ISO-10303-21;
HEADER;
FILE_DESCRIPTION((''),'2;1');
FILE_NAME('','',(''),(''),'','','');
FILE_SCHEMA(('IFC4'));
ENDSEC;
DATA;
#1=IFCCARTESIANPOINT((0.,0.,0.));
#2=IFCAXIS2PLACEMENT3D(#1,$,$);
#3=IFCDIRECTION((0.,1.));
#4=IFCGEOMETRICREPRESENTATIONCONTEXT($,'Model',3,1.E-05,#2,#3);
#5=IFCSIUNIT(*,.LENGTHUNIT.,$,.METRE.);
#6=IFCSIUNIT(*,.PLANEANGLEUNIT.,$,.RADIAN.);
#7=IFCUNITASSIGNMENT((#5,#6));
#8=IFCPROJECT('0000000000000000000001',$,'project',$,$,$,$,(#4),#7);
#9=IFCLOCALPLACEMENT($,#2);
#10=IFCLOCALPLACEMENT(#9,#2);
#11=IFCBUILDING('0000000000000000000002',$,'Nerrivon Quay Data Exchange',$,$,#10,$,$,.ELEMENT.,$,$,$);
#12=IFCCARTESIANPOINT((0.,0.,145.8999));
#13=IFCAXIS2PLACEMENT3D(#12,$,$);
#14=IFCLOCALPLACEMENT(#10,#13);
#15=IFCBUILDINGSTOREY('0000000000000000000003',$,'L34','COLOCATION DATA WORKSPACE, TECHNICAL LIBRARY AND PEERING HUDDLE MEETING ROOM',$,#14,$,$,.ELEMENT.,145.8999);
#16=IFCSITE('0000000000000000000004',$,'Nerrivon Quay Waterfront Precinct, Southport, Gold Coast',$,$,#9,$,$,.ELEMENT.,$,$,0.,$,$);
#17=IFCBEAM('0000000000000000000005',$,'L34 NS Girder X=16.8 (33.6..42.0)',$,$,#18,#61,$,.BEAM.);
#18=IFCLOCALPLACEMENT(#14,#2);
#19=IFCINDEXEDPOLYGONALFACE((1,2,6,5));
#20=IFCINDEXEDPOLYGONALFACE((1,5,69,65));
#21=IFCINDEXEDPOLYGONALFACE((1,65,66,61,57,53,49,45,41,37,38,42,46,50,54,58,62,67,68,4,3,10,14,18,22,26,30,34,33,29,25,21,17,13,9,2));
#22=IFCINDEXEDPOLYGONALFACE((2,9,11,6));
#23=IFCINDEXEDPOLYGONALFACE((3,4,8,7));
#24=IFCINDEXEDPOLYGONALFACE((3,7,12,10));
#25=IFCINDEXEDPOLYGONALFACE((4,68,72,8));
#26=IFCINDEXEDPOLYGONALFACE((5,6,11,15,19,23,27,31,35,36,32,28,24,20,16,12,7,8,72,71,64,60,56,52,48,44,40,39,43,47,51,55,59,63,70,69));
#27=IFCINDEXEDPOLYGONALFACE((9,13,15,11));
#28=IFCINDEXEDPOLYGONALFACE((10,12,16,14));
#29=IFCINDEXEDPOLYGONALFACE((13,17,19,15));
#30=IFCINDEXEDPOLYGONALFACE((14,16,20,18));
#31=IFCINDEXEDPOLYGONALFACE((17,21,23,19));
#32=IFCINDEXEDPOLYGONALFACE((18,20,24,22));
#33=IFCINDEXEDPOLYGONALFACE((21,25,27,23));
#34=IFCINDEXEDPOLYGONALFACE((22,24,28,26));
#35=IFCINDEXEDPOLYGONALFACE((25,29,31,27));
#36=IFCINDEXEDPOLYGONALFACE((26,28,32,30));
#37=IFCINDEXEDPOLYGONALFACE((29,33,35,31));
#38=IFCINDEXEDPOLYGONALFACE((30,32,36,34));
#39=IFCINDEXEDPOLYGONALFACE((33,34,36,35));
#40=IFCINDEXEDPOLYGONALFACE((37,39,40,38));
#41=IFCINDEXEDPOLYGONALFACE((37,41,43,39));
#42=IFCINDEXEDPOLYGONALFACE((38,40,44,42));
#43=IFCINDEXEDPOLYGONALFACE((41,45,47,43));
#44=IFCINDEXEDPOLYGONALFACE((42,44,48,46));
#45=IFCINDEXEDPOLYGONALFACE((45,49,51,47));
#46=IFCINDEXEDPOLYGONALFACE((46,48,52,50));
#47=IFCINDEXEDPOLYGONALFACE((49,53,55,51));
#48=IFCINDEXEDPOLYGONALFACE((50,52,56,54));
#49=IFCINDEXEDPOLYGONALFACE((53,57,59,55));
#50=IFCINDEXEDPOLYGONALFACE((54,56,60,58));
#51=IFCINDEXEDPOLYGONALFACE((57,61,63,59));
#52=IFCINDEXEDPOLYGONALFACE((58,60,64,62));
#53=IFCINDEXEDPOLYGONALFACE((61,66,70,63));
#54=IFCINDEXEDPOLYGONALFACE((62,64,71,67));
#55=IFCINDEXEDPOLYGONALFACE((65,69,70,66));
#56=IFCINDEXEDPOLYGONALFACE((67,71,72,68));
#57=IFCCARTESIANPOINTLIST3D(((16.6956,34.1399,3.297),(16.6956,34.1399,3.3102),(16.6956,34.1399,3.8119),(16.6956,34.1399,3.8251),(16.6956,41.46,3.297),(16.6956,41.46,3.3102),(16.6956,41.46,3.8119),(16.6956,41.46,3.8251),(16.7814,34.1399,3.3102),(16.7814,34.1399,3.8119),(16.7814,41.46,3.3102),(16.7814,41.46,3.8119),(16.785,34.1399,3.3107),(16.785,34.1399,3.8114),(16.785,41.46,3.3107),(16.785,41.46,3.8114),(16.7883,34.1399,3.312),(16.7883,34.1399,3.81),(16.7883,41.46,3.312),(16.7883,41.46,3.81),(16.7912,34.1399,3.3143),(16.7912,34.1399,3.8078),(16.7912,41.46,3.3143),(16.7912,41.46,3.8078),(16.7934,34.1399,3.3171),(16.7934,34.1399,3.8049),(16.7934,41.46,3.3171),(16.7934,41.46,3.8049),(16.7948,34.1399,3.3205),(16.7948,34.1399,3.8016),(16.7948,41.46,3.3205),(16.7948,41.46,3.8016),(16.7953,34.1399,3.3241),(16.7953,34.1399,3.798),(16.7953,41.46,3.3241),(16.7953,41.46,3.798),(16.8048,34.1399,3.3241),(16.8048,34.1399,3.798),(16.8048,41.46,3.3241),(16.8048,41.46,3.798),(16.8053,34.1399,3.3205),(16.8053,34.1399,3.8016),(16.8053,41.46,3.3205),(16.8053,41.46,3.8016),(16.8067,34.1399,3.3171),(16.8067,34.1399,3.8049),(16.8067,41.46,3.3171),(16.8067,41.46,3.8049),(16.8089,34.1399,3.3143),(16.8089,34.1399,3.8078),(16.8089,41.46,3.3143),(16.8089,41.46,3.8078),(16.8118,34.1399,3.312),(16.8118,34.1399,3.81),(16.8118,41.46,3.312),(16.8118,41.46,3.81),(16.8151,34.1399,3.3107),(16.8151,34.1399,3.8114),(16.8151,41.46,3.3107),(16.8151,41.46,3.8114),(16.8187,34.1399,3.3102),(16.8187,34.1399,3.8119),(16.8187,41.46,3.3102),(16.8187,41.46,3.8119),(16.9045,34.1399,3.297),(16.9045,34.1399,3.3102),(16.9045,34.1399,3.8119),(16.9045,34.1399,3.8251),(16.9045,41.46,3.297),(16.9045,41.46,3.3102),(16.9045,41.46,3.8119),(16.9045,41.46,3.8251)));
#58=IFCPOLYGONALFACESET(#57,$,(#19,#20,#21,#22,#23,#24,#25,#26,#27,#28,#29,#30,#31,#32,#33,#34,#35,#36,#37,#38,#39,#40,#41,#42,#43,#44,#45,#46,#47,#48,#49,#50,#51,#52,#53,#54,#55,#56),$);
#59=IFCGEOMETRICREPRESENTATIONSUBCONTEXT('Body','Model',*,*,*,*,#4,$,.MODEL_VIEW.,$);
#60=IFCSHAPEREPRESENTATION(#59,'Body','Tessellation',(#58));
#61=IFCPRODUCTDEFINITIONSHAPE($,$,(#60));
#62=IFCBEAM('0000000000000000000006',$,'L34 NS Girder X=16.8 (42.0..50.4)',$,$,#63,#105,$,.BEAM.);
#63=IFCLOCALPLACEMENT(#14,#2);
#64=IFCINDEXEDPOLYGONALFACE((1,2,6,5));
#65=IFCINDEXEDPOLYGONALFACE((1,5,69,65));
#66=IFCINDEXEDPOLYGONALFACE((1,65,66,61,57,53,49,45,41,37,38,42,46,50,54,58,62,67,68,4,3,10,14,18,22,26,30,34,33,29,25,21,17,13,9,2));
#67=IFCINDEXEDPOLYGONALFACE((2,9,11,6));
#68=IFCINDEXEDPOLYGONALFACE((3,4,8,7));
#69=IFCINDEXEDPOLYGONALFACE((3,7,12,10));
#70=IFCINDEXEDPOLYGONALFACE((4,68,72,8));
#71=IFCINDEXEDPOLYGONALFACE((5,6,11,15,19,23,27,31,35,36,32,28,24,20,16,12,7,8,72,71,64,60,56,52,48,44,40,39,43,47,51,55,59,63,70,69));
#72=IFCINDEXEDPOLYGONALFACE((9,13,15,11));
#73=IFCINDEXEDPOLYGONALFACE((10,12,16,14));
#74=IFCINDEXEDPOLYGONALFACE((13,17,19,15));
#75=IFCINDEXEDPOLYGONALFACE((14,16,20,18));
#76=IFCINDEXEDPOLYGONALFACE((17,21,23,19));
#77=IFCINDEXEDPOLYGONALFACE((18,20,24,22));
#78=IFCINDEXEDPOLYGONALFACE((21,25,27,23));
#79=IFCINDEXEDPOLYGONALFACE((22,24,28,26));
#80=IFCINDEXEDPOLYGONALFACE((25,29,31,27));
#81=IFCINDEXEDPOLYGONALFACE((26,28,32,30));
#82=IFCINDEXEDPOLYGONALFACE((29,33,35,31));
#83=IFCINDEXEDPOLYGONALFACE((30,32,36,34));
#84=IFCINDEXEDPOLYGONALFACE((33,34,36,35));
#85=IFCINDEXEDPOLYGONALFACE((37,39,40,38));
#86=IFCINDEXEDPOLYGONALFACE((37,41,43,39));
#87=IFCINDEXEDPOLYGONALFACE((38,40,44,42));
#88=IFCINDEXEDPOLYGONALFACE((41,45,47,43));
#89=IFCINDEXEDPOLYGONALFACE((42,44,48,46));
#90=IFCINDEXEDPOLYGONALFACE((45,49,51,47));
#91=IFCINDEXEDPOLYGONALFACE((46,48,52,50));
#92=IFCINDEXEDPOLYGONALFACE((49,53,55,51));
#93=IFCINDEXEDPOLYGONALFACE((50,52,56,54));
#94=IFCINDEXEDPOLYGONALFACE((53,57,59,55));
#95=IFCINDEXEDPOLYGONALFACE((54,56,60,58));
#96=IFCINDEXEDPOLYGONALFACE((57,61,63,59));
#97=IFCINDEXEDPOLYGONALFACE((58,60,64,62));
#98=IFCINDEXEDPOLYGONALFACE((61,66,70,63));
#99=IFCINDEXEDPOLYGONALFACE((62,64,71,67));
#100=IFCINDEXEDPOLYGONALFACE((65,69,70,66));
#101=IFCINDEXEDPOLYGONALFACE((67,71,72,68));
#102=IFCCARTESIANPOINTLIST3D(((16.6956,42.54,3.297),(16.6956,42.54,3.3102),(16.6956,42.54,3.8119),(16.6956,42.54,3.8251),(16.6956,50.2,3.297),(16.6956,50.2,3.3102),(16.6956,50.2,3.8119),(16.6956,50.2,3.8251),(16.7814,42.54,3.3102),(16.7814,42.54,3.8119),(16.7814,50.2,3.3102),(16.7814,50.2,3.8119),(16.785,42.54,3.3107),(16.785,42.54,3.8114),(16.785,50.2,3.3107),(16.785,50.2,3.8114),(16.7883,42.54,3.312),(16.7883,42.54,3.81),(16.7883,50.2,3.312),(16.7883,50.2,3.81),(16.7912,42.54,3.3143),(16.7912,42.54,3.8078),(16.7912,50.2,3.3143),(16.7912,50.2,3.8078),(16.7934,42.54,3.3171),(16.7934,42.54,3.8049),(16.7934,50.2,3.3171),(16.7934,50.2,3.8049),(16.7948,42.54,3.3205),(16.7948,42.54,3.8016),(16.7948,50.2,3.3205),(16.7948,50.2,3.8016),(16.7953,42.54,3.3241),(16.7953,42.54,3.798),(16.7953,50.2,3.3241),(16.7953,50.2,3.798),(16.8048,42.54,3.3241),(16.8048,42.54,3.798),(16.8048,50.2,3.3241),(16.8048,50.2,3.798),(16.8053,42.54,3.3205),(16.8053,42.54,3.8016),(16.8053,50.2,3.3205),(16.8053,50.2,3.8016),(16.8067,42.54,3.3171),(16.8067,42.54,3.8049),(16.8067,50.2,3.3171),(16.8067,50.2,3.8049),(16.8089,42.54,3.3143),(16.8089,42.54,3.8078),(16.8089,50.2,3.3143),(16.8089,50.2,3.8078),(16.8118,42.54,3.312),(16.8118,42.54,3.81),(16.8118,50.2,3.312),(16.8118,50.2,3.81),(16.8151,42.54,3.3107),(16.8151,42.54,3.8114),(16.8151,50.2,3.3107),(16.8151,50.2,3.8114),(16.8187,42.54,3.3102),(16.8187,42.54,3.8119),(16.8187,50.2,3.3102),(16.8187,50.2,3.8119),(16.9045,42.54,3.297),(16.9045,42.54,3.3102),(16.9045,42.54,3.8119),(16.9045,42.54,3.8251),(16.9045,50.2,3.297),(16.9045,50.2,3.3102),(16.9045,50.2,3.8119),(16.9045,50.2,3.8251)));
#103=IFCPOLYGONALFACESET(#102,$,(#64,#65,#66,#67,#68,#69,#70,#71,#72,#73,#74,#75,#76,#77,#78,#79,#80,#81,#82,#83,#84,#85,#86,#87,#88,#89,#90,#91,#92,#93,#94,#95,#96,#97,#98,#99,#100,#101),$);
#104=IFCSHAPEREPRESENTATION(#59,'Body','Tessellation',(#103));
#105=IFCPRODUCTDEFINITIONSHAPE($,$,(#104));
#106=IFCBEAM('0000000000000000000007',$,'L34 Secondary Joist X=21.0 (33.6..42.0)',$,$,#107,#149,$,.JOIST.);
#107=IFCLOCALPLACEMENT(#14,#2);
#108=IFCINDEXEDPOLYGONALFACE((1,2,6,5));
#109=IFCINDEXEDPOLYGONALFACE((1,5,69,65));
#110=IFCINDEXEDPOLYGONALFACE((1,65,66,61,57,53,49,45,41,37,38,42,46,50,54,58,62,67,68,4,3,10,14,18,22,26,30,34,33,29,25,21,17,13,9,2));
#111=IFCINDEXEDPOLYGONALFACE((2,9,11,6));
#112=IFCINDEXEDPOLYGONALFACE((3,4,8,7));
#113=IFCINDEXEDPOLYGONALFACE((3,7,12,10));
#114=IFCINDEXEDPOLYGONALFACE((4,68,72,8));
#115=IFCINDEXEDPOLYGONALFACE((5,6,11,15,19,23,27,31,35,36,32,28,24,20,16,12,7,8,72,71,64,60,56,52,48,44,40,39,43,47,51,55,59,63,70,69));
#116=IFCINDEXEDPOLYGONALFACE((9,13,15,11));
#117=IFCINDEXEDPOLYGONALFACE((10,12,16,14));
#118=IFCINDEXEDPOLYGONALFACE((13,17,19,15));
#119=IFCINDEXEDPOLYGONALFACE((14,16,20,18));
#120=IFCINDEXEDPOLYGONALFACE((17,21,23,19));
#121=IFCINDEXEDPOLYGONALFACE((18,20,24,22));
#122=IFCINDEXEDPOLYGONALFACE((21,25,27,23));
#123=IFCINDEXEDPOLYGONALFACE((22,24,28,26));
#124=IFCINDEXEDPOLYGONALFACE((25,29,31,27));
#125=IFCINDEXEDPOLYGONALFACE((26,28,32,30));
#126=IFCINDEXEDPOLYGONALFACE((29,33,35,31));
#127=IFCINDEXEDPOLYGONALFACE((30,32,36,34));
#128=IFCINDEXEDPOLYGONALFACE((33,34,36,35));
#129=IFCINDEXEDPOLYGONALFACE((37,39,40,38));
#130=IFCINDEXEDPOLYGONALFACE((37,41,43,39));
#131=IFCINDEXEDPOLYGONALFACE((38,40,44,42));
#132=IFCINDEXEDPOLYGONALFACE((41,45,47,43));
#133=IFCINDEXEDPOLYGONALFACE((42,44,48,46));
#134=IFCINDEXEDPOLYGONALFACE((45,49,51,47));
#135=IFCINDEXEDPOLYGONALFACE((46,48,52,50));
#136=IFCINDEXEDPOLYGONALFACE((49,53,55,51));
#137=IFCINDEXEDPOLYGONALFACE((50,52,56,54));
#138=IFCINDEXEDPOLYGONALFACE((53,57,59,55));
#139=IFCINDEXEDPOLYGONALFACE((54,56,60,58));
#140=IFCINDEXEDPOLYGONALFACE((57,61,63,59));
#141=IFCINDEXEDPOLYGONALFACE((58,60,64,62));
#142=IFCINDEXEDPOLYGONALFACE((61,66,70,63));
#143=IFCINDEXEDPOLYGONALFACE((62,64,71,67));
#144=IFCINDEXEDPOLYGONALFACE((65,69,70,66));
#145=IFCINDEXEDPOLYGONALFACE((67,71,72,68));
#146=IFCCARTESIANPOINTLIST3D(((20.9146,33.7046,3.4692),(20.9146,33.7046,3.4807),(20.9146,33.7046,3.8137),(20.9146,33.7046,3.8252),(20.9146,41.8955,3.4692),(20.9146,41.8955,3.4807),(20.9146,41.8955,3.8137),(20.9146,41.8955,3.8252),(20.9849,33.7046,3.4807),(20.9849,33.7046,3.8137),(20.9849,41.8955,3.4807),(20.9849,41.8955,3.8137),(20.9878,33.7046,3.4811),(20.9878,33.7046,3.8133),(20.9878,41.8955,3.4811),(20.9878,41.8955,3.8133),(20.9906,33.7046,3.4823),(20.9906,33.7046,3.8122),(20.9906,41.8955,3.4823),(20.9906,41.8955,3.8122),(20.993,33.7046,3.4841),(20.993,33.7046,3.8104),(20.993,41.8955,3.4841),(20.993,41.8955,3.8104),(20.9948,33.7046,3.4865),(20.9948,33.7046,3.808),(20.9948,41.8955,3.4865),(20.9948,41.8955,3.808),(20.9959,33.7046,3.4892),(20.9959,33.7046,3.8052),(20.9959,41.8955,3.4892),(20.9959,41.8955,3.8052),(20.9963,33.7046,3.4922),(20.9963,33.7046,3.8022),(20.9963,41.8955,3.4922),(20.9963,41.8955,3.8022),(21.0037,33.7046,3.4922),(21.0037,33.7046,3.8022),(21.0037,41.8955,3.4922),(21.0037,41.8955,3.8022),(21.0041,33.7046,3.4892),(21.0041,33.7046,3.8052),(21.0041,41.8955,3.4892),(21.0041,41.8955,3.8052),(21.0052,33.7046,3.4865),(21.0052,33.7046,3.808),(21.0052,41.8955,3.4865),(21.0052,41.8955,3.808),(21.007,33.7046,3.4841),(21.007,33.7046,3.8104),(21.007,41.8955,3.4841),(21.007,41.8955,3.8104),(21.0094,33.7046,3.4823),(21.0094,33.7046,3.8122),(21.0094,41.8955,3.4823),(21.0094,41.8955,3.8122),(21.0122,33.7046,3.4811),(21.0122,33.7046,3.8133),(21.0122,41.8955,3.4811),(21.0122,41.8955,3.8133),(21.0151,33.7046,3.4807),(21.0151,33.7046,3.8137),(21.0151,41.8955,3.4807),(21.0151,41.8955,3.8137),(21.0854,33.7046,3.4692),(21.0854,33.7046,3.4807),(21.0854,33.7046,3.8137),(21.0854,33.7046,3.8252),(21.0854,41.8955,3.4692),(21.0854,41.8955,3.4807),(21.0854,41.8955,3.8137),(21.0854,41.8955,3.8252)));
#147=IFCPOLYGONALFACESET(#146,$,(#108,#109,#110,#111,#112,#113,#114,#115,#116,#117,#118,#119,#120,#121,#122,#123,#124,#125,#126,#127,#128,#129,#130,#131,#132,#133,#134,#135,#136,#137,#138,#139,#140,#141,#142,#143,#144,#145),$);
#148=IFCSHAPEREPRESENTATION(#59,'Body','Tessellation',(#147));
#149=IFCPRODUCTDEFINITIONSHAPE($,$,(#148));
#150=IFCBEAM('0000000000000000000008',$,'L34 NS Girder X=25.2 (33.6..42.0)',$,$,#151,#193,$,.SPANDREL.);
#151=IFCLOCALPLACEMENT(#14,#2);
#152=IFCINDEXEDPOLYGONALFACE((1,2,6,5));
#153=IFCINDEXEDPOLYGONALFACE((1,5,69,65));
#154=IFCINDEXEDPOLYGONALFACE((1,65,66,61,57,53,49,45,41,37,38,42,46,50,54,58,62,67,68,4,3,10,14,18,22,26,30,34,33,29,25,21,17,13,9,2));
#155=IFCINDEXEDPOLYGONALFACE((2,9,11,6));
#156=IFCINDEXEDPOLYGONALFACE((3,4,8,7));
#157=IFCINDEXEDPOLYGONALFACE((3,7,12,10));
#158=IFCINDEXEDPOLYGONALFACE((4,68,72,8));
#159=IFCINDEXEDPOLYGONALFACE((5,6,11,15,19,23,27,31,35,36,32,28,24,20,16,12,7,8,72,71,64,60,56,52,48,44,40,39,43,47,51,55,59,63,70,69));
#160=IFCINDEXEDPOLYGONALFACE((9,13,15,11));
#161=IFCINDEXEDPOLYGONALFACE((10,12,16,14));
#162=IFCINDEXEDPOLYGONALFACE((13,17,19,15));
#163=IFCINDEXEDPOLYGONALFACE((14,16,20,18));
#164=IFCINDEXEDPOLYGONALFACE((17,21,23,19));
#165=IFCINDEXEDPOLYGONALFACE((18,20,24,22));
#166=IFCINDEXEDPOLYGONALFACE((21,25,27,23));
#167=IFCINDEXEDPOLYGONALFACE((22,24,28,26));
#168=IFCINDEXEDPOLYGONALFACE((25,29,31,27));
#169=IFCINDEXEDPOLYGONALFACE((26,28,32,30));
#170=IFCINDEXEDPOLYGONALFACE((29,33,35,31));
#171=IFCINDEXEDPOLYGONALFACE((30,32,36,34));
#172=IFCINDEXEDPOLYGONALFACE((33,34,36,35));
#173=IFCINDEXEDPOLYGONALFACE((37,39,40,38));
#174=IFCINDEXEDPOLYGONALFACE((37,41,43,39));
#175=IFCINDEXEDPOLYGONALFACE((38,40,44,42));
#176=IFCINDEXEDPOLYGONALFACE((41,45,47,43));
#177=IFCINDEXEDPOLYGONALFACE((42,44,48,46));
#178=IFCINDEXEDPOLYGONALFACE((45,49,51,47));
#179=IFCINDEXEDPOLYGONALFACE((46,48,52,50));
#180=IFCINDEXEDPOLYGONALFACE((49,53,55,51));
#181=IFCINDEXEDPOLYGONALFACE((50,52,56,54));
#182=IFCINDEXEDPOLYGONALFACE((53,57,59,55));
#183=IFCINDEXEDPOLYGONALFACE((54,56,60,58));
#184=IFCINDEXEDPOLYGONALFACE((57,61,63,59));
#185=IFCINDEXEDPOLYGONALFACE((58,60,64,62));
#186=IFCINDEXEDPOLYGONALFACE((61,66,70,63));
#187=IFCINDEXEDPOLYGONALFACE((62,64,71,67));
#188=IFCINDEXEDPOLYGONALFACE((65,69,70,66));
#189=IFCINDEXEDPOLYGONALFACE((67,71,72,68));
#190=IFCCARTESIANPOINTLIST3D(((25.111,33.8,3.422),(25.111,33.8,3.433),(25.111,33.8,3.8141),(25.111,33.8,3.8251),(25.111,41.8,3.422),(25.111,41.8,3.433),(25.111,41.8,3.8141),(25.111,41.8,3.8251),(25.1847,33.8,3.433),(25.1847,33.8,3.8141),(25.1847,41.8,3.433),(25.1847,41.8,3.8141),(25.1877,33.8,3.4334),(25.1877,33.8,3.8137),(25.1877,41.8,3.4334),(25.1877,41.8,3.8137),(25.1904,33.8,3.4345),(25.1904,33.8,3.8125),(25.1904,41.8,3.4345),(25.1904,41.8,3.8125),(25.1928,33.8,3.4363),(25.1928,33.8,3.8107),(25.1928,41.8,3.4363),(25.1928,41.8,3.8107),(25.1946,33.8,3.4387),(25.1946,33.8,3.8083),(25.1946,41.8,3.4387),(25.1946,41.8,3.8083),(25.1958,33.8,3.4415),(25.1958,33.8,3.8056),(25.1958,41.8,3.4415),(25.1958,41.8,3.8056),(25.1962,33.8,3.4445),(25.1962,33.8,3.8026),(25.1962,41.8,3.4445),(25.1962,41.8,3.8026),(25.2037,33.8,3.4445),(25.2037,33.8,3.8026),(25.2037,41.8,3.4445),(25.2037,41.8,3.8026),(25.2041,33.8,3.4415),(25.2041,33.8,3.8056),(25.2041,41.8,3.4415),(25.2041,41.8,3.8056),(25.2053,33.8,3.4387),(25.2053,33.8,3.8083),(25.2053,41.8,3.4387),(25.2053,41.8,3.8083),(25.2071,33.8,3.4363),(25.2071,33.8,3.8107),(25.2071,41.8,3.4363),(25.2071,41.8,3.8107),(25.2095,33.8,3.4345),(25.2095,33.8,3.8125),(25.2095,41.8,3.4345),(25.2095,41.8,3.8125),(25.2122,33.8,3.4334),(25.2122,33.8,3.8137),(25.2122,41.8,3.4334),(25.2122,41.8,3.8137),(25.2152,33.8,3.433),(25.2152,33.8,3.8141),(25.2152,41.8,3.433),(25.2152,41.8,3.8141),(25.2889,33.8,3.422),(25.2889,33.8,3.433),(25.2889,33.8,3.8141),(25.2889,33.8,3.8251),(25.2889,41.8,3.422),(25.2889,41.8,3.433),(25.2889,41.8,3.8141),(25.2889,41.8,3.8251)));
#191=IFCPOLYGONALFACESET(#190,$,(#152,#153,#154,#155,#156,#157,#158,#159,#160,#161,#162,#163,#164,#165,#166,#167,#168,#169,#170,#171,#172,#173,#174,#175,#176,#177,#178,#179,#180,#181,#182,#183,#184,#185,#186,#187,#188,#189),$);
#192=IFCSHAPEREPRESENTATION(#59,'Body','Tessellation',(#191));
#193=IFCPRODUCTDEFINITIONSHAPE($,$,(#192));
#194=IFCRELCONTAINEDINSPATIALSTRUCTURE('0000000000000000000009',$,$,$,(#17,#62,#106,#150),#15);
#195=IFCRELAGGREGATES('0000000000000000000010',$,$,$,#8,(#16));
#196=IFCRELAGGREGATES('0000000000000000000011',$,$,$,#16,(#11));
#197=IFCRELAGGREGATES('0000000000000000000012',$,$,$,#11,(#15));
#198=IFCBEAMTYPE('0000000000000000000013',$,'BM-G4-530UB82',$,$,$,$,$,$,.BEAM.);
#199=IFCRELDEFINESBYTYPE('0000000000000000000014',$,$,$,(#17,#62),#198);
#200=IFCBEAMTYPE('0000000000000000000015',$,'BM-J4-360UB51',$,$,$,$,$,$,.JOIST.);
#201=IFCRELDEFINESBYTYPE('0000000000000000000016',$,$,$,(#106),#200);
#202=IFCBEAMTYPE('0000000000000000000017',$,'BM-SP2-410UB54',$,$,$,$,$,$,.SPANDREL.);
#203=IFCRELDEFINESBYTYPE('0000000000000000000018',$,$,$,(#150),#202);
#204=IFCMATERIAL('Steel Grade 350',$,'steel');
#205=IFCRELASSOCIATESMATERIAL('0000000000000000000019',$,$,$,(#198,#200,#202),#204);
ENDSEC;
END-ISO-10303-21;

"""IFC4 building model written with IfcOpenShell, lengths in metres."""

from ifc_helpers import new_model, si_unit, direction, frame, origin, origin_2d, place, context, subcontext, project, spatial, i_section, extrude, material, material_profile, profile_set, type_object, element, save


model = new_model("IFC4")

# Units and contexts
model_context = context("Model", 3, precision=1e-05, world=origin(), true_north=direction((0.0, 1.0)))
body_context = subcontext(model_context, "Body", "Model", "MODEL_VIEW")
ifc_project = project(units=[si_unit("LENGTHUNIT", "METRE"), si_unit("PLANEANGLEUNIT", "RADIAN")], contexts=[model_context])

# Site, building, storey
site_placement = place(None, origin())
site = spatial("IfcSite", under=ifc_project, at=site_placement, Name="Nerrivon Quay Waterfront Precinct, Southport, Gold Coast", CompositionType="ELEMENT", RefElevation=0.0)
building_placement = place(site_placement, origin())
building = spatial("IfcBuilding", under=site, at=building_placement, Name="Nerrivon Quay Data Exchange", CompositionType="ELEMENT")
storey_placement = place(building_placement, frame((0.0, 0.0, 145.8999)))
storey = spatial("IfcBuildingStorey", under=building, at=storey_placement, Name="L34", Description="COLOCATION DATA WORKSPACE, TECHNICAL LIBRARY AND PEERING HUDDLE MEETING ROOM", CompositionType="ELEMENT", Elevation=145.8999)

# Shared definitions
ifc_material_1 = material(Name="Steel Grade 350", Category="steel")

# Beams
ifc_material_profile_1 = material_profile(ifc_material_1, i_section(OverallWidth=0.209, OverallDepth=0.5281, WebThickness=0.0095, FlangeThickness=0.0132, FilletRadius=0.0139, at=origin_2d()), Name="530UB82.0")
ifc_profile_set_1 = profile_set([ifc_material_profile_1], Name="Steel Grade 350")
beam_type_1 = type_object("IfcBeamType", Name="BM-G4-530UB82", PredefinedType="BEAM", material=ifc_profile_set_1)
beam_1_placement = place(storey_placement, frame((16.8, 34.1399, 3.561), z_axis=(0.0, 1.0, 0.0), x_axis=(-1.0, 0.0, 0.0)))
element("IfcBeam", 1, at=beam_1_placement, inside=storey, type_object=beam_type_1, Name="L34 NS Girder X=16.8 (33.6..42.0)", PredefinedType="BEAM", context=body_context, shape_type="SweptSolid", body=[
    extrude(i_section(OverallWidth=0.209, OverallDepth=0.5281, WebThickness=0.0095, FlangeThickness=0.0132, FilletRadius=0.0139, at=origin_2d()), origin(), (0.0, 0.0, 1.0), 7.3201),
])
beam_2_placement = place(storey_placement, frame((16.8, 42.54, 3.561), z_axis=(0.0, 1.0, 0.0), x_axis=(-1.0, 0.0, 0.0)))
element("IfcBeam", 2, at=beam_2_placement, inside=storey, type_object=beam_type_1, Name="L34 NS Girder X=16.8 (42.0..50.4)", PredefinedType="BEAM", context=body_context, shape_type="SweptSolid", body=[
    extrude(i_section(OverallWidth=0.209, OverallDepth=0.5281, WebThickness=0.0095, FlangeThickness=0.0132, FilletRadius=0.0139, at=origin_2d()), origin(), (0.0, 0.0, 1.0), 7.6599),
])
ifc_material_profile_2 = material_profile(ifc_material_1, i_section(OverallWidth=0.1709, OverallDepth=0.356, WebThickness=0.0073, FlangeThickness=0.0115, FilletRadius=0.0115, at=origin_2d()), Name="360UB50.7")
ifc_profile_set_2 = profile_set([ifc_material_profile_2], Name="Steel Grade 350")
beam_type_2 = type_object("IfcBeamType", Name="BM-J4-360UB51", PredefinedType="JOIST", material=ifc_profile_set_2)
beam_3_placement = place(storey_placement, frame((21.0, 33.7046, 3.6472), z_axis=(0.0, 1.0, 0.0), x_axis=(-1.0, 0.0, 0.0)))
element("IfcBeam", 3, at=beam_3_placement, inside=storey, type_object=beam_type_2, Name="L34 Secondary Joist X=21.0 (33.6..42.0)", PredefinedType="JOIST", context=body_context, shape_type="SweptSolid", body=[
    extrude(i_section(OverallWidth=0.1709, OverallDepth=0.356, WebThickness=0.0073, FlangeThickness=0.0115, FilletRadius=0.0115, at=origin_2d()), origin(), (0.0, 0.0, 1.0), 8.1909),
])
ifc_material_profile_3 = material_profile(ifc_material_1, i_section(OverallWidth=0.178, OverallDepth=0.4031, WebThickness=0.0076, FlangeThickness=0.011, FilletRadius=0.0115, at=origin_2d()), Name="410UB53.7")
ifc_profile_set_3 = profile_set([ifc_material_profile_3], Name="Steel Grade 350")
beam_type_3 = type_object("IfcBeamType", Name="BM-SP2-410UB54", PredefinedType="SPANDREL", material=ifc_profile_set_3)
beam_4_placement = place(storey_placement, frame((25.2, 33.8, 3.6235), z_axis=(0.0, 1.0, 0.0), x_axis=(-1.0, 0.0, 0.0)))
element("IfcBeam", 4, at=beam_4_placement, inside=storey, type_object=beam_type_3, Name="L34 NS Girder X=25.2 (33.6..42.0)", PredefinedType="SPANDREL", context=body_context, shape_type="SweptSolid", body=[
    extrude(i_section(OverallWidth=0.178, OverallDepth=0.4031, WebThickness=0.0076, FlangeThickness=0.011, FilletRadius=0.0115, at=origin_2d()), origin(), (0.0, 0.0, 1.0), 8.0),
])

save(model, "model.ifc")
